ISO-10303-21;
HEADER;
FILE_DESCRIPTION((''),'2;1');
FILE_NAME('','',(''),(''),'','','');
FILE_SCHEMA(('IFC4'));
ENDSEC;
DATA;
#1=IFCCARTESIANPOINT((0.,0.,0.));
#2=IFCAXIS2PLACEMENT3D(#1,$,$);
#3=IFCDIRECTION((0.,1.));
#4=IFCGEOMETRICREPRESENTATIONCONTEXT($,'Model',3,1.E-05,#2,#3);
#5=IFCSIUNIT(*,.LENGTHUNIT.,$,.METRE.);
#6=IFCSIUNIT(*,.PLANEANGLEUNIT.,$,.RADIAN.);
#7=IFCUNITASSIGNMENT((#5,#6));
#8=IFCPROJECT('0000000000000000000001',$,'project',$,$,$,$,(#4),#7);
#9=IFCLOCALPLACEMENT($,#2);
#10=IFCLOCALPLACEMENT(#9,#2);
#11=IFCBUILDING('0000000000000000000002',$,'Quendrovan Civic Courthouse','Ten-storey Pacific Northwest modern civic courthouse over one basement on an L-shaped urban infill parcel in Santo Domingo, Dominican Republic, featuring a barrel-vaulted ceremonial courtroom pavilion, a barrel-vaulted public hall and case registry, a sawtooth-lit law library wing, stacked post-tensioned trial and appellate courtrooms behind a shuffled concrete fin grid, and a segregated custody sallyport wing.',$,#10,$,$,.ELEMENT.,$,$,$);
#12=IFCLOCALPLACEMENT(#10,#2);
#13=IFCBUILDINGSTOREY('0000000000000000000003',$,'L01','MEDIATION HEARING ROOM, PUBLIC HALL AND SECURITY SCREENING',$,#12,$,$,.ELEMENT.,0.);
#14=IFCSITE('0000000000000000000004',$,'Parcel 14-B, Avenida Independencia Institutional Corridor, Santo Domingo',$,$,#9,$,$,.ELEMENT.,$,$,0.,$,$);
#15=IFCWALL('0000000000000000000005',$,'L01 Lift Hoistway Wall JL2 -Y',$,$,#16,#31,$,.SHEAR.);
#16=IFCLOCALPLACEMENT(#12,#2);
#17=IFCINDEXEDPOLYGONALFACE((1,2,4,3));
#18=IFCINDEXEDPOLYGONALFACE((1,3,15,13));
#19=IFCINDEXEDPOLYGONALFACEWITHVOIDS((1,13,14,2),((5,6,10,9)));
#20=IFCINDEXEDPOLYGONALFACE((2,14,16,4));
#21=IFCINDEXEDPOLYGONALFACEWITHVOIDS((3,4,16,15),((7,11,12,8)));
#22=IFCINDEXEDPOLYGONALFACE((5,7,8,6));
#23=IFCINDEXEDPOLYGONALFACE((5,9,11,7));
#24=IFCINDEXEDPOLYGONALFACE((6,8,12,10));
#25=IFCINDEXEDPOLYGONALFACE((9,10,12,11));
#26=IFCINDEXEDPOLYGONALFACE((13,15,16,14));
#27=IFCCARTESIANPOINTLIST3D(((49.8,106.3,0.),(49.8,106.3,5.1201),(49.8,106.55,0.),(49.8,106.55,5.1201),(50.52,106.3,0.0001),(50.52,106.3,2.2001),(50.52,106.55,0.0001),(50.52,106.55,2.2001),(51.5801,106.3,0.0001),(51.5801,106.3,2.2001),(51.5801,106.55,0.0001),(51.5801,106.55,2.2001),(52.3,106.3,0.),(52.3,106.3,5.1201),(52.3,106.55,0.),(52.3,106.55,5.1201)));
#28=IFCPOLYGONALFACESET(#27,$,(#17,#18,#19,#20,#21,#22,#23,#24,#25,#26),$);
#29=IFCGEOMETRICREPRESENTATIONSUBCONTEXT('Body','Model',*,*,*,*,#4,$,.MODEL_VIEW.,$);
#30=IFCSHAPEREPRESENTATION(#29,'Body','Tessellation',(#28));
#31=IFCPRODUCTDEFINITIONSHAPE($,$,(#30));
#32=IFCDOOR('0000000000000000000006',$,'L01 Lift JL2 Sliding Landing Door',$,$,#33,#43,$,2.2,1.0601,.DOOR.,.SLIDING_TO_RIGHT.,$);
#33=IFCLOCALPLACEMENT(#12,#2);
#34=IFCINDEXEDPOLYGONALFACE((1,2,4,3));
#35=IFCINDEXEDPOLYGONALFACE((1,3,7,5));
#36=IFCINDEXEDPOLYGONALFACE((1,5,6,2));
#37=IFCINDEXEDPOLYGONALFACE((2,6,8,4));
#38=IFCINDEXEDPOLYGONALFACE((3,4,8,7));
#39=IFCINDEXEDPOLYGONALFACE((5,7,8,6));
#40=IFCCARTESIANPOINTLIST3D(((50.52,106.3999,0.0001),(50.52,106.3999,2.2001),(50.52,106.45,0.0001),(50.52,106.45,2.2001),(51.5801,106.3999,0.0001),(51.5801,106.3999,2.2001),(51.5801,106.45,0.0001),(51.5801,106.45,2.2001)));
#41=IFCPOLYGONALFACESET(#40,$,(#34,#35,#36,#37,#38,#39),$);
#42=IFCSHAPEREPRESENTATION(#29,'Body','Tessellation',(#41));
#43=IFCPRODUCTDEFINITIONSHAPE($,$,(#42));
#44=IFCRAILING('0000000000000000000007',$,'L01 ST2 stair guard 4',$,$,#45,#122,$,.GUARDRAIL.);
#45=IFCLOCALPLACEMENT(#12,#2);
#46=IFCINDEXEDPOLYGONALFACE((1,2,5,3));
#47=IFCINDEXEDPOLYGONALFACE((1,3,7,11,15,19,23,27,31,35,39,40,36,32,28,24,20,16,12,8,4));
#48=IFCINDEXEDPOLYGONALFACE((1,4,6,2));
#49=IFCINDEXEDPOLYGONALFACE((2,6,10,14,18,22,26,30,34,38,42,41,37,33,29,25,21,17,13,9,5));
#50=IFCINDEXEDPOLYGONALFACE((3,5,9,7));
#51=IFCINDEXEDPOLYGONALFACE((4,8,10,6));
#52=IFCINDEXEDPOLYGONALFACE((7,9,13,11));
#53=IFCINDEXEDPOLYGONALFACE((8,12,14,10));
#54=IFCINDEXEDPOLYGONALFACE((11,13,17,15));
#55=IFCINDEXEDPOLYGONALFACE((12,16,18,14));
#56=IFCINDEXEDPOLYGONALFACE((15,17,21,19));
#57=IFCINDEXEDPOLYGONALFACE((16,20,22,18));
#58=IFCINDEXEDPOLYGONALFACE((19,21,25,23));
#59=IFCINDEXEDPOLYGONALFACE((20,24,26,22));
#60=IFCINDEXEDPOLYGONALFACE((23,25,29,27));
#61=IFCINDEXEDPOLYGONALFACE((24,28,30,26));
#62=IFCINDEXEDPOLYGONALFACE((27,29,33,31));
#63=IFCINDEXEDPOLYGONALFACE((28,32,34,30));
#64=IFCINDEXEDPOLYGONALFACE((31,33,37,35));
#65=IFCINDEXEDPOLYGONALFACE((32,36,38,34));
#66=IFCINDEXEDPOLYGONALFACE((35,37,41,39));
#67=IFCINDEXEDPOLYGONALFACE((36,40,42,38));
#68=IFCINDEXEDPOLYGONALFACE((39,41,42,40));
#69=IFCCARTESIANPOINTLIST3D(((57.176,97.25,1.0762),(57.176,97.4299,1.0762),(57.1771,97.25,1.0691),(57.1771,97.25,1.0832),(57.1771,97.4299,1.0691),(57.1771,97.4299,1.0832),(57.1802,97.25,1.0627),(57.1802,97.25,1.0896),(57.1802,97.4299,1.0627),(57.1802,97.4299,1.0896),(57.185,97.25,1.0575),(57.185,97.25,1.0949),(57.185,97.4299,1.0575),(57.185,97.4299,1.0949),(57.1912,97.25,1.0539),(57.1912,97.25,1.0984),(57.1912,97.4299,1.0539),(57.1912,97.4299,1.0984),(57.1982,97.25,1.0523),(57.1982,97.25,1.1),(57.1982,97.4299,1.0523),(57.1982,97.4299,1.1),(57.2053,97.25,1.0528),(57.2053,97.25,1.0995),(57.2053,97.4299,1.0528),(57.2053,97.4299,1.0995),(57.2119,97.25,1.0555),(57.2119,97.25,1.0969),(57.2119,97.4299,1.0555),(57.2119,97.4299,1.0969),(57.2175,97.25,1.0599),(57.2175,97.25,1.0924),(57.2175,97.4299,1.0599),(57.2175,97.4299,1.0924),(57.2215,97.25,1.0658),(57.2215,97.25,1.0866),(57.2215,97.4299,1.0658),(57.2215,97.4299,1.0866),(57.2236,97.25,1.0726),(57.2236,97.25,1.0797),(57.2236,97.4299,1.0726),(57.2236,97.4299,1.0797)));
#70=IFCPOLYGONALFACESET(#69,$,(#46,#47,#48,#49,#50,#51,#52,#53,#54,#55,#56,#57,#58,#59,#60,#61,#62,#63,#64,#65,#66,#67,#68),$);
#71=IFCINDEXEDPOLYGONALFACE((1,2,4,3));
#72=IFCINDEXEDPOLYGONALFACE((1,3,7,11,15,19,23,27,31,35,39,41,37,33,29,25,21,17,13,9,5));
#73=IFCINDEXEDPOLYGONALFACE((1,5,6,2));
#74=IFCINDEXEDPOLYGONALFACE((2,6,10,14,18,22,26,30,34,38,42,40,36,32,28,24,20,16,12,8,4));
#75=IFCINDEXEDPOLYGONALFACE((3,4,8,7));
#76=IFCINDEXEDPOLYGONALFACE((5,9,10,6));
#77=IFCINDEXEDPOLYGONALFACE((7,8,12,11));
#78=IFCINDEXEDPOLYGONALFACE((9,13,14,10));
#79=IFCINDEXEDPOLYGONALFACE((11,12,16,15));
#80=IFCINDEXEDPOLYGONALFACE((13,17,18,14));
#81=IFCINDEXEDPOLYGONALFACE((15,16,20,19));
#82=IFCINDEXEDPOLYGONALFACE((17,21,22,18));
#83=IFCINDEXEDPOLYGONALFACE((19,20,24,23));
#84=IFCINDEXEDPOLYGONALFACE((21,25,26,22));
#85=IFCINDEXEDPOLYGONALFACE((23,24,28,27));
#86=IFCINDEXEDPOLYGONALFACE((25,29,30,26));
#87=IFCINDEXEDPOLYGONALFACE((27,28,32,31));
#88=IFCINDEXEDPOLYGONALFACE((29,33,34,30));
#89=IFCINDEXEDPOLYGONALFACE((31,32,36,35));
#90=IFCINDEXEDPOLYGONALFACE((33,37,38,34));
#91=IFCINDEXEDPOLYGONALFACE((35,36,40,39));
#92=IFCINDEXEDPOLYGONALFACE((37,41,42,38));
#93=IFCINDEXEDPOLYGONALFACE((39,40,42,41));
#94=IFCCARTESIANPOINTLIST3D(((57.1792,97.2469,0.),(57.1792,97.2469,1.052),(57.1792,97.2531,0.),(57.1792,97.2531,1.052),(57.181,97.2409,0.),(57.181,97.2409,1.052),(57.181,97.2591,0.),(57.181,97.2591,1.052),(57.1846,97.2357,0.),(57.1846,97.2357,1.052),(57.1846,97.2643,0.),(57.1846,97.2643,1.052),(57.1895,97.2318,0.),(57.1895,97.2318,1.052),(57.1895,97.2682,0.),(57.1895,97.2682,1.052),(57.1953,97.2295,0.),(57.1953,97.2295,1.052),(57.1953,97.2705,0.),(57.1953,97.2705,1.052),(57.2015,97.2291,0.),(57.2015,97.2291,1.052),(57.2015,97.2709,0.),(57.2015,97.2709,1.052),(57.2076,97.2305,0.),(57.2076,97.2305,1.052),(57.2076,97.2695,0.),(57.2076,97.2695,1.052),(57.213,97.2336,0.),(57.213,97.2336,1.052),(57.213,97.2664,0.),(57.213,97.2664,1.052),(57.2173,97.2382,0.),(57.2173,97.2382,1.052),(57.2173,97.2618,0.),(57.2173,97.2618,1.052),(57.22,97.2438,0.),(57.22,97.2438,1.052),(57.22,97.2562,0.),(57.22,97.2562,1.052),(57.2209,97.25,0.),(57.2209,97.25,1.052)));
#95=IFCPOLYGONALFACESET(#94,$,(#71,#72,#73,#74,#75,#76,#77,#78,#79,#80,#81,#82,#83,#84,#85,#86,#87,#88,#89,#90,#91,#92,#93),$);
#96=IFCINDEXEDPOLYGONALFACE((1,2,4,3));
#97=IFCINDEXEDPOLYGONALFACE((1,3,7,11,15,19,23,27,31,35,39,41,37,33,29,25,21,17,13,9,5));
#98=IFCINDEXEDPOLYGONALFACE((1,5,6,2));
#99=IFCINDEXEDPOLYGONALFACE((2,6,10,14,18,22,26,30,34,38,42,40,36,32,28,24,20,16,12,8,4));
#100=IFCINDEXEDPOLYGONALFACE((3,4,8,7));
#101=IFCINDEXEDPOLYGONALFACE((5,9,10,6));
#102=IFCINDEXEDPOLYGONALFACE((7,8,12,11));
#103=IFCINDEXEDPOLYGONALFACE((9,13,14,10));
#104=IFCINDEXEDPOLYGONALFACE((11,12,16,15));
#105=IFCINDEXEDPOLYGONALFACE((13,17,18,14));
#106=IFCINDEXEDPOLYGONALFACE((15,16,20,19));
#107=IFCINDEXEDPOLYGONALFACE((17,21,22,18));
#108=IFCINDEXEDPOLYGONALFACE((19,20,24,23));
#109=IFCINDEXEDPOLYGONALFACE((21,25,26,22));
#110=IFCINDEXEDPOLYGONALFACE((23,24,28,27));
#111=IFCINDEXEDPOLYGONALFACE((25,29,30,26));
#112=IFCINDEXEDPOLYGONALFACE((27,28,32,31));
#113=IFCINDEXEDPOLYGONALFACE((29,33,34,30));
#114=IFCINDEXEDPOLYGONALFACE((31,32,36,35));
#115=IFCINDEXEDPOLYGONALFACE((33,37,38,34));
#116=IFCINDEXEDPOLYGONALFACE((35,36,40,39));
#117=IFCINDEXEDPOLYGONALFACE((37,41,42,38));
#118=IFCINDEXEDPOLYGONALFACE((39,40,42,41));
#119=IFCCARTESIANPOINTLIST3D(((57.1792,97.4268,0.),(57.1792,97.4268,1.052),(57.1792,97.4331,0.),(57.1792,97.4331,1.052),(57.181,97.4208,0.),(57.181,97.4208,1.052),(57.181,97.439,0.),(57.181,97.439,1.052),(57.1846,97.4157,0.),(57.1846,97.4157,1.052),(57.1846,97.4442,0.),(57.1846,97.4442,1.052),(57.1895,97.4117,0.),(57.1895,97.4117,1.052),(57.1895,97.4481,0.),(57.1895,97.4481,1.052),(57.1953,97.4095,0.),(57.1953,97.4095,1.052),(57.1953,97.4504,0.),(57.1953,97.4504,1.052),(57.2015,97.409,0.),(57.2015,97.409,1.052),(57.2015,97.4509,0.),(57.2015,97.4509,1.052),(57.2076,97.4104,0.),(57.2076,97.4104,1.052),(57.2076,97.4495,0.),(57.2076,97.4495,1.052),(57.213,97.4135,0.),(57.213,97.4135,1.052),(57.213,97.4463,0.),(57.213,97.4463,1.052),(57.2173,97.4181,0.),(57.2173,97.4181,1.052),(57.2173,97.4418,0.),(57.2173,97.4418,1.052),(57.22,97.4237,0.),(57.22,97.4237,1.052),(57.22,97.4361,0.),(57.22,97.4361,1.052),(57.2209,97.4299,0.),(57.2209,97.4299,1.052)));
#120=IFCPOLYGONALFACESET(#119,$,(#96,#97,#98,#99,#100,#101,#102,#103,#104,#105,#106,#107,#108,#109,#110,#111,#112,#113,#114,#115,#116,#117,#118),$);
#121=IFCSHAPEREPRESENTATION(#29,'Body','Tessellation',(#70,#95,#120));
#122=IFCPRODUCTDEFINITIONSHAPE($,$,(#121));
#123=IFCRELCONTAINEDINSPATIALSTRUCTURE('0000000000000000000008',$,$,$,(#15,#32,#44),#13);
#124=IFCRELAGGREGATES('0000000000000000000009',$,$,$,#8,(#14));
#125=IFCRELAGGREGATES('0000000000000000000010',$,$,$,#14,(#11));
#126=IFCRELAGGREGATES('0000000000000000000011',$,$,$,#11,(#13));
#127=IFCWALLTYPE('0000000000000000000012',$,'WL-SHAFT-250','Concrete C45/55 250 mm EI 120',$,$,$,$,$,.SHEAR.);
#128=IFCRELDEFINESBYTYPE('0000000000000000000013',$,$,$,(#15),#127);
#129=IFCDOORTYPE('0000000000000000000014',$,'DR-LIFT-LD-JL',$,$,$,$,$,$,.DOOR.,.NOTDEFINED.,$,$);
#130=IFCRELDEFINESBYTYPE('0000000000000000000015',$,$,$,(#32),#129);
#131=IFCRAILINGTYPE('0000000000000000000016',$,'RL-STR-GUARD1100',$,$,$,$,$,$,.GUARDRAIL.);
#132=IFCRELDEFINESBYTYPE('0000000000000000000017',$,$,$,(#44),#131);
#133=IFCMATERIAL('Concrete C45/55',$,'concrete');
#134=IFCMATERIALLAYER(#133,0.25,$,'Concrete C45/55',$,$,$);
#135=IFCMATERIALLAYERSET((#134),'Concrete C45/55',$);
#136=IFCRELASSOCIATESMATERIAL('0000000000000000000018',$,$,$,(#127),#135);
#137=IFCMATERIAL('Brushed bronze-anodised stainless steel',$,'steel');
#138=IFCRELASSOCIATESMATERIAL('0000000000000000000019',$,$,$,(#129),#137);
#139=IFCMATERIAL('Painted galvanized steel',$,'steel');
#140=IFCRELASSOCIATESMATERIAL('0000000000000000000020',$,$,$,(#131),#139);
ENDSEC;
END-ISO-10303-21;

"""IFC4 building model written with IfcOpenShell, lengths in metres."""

from ifc_helpers import new_model, si_unit, direction, frame, frame_2d, origin, origin_2d, place, context, subcontext, project, spatial, rectangle, circle, extrude, material, layer, layer_set, type_object, element, fill, save


model = new_model("IFC4")

# Units and contexts
model_context = context("Model", 3, precision=1e-05, world=origin(), true_north=direction((0.0, 1.0)))
body_context = subcontext(model_context, "Body", "Model", "MODEL_VIEW")
ifc_project = project(units=[si_unit("LENGTHUNIT", "METRE"), si_unit("PLANEANGLEUNIT", "RADIAN")], contexts=[model_context])

# Site, building, storey
site_placement = place(None, origin())
site = spatial("IfcSite", under=ifc_project, at=site_placement, Name="Parcel 14-B, Avenida Independencia Institutional Corridor, Santo Domingo", CompositionType="ELEMENT", RefElevation=0.0)
building_placement = place(site_placement, origin())
building = spatial("IfcBuilding", under=site, at=building_placement, Name="Quendrovan Civic Courthouse", Description="Ten-storey Pacific Northwest modern civic courthouse over one basement on an L-shaped urban infill parcel in Santo Domingo, Dominican Republic, featuring a barrel-vaulted ceremonial courtroom pavilion, a barrel-vaulted public hall and case registry, a sawtooth-lit law library wing, stacked post-tensioned trial and appellate courtrooms behind a shuffled concrete fin grid, and a segregated custody sallyport wing.", CompositionType="ELEMENT")
storey_placement = place(building_placement, origin())
storey = spatial("IfcBuildingStorey", under=building, at=storey_placement, Name="L01", Description="MEDIATION HEARING ROOM, PUBLIC HALL AND SECURITY SCREENING", CompositionType="ELEMENT", Elevation=0.0)

# Shared definitions
ifc_material_1 = material(Name="Concrete C45/55", Category="concrete")

# Shared definitions
ifc_layer_1 = layer(ifc_material_1, 0.25, Name="Concrete C45/55")
ifc_layer_set_1 = layer_set([ifc_layer_1], Name="Concrete C45/55")
wall_type_1 = type_object("IfcWallType", Name="WL-SHAFT-250", Description="Concrete C45/55 250 mm EI 120", PredefinedType="SHEAR", material=ifc_layer_set_1)
ifc_material_2 = material(Name="Brushed bronze-anodised stainless steel", Category="steel")

# Shared definitions
door_type_1 = type_object("IfcDoorType", Name="DR-LIFT-LD-JL", OperationType="NOTDEFINED", PredefinedType="DOOR", material=ifc_material_2)

# Wall, opening, door
wall_1_placement = place(storey_placement, frame((49.8, 106.425, 0.0), z_axis=(0.0, 0.0, 1.0), x_axis=(1.0, 0.0, 0.0)))
wall_1 = element("IfcWall", 1, at=wall_1_placement, inside=storey, type_object=wall_type_1, Name="L01 Lift Hoistway Wall JL2 -Y", PredefinedType="SHEAR", context=body_context, shape_type="SweptSolid", body=[
    extrude(rectangle(XDim=2.5, YDim=0.25, at=frame_2d((1.25, 0.0))), origin(), (0.0, 0.0, 1.0), 5.1201),
])
opening_1_placement = place(wall_1_placement, frame((0.72, 0.0, 0.0)))
opening_1 = element("IfcOpeningElement", 2, at=opening_1_placement, cuts=wall_1, PredefinedType="OPENING", context=body_context, shape_type="SweptSolid", body=[
    extrude(rectangle(XDim=1.0601, YDim=2.2, at=frame_2d((0.53, 1.1001))), frame((0.0, 0.135, 0.0), z_axis=(0.0, -1.0, 0.0), x_axis=(1.0, 0.0, 0.0)), (0.0, 0.0, 1.0), 0.27),
])
door_1_placement = place(opening_1_placement, origin())
door_1 = element("IfcDoor", 3, at=door_1_placement, inside=storey, type_object=door_type_1, Name="L01 Lift JL2 Sliding Landing Door", OperationType="SLIDING_TO_RIGHT", OverallHeight=2.2, OverallWidth=1.0601, PredefinedType="DOOR", context=body_context, shape_type="SweptSolid", body=[
    extrude(rectangle(XDim=1.0601, YDim=2.2, at=frame_2d((0.53, 1.1001))), frame((0.0, 0.0249, 0.0), z_axis=(0.0, -1.0, 0.0), x_axis=(1.0, 0.0, 0.0)), (0.0, 0.0, 1.0), 0.05),
])
fill(opening_1, door_1)

# Railing
ifc_material_3 = material(Name="Painted galvanized steel", Category="steel")
railing_type_1 = type_object("IfcRailingType", Name="RL-STR-GUARD1100", PredefinedType="GUARDRAIL", material=ifc_material_3)
railing_1_placement = place(storey_placement, frame((57.2, 97.25, 0.0)))
element("IfcRailing", 4, at=railing_1_placement, inside=storey, type_object=railing_type_1, Name="L01 ST2 stair guard 4", PredefinedType="GUARDRAIL", context=body_context, shape_type="SweptSolid", body=[
    extrude(circle(Radius=0.0239, at=origin_2d()), frame((0.0, 0.0, 1.0762), z_axis=(0.0, 1.0, 0.0), x_axis=(-1.0, 0.0, 0.0)), (0.0, 0.0, 1.0), 0.1799),
    extrude(circle(Radius=0.021, at=origin_2d()), origin(), (0.0, 0.0, 1.0), 1.052),
    extrude(circle(Radius=0.021, at=origin_2d()), frame((0.0, 0.1799, 0.0)), (0.0, 0.0, 1.0), 1.052),
])

save(model, "model.ifc")
